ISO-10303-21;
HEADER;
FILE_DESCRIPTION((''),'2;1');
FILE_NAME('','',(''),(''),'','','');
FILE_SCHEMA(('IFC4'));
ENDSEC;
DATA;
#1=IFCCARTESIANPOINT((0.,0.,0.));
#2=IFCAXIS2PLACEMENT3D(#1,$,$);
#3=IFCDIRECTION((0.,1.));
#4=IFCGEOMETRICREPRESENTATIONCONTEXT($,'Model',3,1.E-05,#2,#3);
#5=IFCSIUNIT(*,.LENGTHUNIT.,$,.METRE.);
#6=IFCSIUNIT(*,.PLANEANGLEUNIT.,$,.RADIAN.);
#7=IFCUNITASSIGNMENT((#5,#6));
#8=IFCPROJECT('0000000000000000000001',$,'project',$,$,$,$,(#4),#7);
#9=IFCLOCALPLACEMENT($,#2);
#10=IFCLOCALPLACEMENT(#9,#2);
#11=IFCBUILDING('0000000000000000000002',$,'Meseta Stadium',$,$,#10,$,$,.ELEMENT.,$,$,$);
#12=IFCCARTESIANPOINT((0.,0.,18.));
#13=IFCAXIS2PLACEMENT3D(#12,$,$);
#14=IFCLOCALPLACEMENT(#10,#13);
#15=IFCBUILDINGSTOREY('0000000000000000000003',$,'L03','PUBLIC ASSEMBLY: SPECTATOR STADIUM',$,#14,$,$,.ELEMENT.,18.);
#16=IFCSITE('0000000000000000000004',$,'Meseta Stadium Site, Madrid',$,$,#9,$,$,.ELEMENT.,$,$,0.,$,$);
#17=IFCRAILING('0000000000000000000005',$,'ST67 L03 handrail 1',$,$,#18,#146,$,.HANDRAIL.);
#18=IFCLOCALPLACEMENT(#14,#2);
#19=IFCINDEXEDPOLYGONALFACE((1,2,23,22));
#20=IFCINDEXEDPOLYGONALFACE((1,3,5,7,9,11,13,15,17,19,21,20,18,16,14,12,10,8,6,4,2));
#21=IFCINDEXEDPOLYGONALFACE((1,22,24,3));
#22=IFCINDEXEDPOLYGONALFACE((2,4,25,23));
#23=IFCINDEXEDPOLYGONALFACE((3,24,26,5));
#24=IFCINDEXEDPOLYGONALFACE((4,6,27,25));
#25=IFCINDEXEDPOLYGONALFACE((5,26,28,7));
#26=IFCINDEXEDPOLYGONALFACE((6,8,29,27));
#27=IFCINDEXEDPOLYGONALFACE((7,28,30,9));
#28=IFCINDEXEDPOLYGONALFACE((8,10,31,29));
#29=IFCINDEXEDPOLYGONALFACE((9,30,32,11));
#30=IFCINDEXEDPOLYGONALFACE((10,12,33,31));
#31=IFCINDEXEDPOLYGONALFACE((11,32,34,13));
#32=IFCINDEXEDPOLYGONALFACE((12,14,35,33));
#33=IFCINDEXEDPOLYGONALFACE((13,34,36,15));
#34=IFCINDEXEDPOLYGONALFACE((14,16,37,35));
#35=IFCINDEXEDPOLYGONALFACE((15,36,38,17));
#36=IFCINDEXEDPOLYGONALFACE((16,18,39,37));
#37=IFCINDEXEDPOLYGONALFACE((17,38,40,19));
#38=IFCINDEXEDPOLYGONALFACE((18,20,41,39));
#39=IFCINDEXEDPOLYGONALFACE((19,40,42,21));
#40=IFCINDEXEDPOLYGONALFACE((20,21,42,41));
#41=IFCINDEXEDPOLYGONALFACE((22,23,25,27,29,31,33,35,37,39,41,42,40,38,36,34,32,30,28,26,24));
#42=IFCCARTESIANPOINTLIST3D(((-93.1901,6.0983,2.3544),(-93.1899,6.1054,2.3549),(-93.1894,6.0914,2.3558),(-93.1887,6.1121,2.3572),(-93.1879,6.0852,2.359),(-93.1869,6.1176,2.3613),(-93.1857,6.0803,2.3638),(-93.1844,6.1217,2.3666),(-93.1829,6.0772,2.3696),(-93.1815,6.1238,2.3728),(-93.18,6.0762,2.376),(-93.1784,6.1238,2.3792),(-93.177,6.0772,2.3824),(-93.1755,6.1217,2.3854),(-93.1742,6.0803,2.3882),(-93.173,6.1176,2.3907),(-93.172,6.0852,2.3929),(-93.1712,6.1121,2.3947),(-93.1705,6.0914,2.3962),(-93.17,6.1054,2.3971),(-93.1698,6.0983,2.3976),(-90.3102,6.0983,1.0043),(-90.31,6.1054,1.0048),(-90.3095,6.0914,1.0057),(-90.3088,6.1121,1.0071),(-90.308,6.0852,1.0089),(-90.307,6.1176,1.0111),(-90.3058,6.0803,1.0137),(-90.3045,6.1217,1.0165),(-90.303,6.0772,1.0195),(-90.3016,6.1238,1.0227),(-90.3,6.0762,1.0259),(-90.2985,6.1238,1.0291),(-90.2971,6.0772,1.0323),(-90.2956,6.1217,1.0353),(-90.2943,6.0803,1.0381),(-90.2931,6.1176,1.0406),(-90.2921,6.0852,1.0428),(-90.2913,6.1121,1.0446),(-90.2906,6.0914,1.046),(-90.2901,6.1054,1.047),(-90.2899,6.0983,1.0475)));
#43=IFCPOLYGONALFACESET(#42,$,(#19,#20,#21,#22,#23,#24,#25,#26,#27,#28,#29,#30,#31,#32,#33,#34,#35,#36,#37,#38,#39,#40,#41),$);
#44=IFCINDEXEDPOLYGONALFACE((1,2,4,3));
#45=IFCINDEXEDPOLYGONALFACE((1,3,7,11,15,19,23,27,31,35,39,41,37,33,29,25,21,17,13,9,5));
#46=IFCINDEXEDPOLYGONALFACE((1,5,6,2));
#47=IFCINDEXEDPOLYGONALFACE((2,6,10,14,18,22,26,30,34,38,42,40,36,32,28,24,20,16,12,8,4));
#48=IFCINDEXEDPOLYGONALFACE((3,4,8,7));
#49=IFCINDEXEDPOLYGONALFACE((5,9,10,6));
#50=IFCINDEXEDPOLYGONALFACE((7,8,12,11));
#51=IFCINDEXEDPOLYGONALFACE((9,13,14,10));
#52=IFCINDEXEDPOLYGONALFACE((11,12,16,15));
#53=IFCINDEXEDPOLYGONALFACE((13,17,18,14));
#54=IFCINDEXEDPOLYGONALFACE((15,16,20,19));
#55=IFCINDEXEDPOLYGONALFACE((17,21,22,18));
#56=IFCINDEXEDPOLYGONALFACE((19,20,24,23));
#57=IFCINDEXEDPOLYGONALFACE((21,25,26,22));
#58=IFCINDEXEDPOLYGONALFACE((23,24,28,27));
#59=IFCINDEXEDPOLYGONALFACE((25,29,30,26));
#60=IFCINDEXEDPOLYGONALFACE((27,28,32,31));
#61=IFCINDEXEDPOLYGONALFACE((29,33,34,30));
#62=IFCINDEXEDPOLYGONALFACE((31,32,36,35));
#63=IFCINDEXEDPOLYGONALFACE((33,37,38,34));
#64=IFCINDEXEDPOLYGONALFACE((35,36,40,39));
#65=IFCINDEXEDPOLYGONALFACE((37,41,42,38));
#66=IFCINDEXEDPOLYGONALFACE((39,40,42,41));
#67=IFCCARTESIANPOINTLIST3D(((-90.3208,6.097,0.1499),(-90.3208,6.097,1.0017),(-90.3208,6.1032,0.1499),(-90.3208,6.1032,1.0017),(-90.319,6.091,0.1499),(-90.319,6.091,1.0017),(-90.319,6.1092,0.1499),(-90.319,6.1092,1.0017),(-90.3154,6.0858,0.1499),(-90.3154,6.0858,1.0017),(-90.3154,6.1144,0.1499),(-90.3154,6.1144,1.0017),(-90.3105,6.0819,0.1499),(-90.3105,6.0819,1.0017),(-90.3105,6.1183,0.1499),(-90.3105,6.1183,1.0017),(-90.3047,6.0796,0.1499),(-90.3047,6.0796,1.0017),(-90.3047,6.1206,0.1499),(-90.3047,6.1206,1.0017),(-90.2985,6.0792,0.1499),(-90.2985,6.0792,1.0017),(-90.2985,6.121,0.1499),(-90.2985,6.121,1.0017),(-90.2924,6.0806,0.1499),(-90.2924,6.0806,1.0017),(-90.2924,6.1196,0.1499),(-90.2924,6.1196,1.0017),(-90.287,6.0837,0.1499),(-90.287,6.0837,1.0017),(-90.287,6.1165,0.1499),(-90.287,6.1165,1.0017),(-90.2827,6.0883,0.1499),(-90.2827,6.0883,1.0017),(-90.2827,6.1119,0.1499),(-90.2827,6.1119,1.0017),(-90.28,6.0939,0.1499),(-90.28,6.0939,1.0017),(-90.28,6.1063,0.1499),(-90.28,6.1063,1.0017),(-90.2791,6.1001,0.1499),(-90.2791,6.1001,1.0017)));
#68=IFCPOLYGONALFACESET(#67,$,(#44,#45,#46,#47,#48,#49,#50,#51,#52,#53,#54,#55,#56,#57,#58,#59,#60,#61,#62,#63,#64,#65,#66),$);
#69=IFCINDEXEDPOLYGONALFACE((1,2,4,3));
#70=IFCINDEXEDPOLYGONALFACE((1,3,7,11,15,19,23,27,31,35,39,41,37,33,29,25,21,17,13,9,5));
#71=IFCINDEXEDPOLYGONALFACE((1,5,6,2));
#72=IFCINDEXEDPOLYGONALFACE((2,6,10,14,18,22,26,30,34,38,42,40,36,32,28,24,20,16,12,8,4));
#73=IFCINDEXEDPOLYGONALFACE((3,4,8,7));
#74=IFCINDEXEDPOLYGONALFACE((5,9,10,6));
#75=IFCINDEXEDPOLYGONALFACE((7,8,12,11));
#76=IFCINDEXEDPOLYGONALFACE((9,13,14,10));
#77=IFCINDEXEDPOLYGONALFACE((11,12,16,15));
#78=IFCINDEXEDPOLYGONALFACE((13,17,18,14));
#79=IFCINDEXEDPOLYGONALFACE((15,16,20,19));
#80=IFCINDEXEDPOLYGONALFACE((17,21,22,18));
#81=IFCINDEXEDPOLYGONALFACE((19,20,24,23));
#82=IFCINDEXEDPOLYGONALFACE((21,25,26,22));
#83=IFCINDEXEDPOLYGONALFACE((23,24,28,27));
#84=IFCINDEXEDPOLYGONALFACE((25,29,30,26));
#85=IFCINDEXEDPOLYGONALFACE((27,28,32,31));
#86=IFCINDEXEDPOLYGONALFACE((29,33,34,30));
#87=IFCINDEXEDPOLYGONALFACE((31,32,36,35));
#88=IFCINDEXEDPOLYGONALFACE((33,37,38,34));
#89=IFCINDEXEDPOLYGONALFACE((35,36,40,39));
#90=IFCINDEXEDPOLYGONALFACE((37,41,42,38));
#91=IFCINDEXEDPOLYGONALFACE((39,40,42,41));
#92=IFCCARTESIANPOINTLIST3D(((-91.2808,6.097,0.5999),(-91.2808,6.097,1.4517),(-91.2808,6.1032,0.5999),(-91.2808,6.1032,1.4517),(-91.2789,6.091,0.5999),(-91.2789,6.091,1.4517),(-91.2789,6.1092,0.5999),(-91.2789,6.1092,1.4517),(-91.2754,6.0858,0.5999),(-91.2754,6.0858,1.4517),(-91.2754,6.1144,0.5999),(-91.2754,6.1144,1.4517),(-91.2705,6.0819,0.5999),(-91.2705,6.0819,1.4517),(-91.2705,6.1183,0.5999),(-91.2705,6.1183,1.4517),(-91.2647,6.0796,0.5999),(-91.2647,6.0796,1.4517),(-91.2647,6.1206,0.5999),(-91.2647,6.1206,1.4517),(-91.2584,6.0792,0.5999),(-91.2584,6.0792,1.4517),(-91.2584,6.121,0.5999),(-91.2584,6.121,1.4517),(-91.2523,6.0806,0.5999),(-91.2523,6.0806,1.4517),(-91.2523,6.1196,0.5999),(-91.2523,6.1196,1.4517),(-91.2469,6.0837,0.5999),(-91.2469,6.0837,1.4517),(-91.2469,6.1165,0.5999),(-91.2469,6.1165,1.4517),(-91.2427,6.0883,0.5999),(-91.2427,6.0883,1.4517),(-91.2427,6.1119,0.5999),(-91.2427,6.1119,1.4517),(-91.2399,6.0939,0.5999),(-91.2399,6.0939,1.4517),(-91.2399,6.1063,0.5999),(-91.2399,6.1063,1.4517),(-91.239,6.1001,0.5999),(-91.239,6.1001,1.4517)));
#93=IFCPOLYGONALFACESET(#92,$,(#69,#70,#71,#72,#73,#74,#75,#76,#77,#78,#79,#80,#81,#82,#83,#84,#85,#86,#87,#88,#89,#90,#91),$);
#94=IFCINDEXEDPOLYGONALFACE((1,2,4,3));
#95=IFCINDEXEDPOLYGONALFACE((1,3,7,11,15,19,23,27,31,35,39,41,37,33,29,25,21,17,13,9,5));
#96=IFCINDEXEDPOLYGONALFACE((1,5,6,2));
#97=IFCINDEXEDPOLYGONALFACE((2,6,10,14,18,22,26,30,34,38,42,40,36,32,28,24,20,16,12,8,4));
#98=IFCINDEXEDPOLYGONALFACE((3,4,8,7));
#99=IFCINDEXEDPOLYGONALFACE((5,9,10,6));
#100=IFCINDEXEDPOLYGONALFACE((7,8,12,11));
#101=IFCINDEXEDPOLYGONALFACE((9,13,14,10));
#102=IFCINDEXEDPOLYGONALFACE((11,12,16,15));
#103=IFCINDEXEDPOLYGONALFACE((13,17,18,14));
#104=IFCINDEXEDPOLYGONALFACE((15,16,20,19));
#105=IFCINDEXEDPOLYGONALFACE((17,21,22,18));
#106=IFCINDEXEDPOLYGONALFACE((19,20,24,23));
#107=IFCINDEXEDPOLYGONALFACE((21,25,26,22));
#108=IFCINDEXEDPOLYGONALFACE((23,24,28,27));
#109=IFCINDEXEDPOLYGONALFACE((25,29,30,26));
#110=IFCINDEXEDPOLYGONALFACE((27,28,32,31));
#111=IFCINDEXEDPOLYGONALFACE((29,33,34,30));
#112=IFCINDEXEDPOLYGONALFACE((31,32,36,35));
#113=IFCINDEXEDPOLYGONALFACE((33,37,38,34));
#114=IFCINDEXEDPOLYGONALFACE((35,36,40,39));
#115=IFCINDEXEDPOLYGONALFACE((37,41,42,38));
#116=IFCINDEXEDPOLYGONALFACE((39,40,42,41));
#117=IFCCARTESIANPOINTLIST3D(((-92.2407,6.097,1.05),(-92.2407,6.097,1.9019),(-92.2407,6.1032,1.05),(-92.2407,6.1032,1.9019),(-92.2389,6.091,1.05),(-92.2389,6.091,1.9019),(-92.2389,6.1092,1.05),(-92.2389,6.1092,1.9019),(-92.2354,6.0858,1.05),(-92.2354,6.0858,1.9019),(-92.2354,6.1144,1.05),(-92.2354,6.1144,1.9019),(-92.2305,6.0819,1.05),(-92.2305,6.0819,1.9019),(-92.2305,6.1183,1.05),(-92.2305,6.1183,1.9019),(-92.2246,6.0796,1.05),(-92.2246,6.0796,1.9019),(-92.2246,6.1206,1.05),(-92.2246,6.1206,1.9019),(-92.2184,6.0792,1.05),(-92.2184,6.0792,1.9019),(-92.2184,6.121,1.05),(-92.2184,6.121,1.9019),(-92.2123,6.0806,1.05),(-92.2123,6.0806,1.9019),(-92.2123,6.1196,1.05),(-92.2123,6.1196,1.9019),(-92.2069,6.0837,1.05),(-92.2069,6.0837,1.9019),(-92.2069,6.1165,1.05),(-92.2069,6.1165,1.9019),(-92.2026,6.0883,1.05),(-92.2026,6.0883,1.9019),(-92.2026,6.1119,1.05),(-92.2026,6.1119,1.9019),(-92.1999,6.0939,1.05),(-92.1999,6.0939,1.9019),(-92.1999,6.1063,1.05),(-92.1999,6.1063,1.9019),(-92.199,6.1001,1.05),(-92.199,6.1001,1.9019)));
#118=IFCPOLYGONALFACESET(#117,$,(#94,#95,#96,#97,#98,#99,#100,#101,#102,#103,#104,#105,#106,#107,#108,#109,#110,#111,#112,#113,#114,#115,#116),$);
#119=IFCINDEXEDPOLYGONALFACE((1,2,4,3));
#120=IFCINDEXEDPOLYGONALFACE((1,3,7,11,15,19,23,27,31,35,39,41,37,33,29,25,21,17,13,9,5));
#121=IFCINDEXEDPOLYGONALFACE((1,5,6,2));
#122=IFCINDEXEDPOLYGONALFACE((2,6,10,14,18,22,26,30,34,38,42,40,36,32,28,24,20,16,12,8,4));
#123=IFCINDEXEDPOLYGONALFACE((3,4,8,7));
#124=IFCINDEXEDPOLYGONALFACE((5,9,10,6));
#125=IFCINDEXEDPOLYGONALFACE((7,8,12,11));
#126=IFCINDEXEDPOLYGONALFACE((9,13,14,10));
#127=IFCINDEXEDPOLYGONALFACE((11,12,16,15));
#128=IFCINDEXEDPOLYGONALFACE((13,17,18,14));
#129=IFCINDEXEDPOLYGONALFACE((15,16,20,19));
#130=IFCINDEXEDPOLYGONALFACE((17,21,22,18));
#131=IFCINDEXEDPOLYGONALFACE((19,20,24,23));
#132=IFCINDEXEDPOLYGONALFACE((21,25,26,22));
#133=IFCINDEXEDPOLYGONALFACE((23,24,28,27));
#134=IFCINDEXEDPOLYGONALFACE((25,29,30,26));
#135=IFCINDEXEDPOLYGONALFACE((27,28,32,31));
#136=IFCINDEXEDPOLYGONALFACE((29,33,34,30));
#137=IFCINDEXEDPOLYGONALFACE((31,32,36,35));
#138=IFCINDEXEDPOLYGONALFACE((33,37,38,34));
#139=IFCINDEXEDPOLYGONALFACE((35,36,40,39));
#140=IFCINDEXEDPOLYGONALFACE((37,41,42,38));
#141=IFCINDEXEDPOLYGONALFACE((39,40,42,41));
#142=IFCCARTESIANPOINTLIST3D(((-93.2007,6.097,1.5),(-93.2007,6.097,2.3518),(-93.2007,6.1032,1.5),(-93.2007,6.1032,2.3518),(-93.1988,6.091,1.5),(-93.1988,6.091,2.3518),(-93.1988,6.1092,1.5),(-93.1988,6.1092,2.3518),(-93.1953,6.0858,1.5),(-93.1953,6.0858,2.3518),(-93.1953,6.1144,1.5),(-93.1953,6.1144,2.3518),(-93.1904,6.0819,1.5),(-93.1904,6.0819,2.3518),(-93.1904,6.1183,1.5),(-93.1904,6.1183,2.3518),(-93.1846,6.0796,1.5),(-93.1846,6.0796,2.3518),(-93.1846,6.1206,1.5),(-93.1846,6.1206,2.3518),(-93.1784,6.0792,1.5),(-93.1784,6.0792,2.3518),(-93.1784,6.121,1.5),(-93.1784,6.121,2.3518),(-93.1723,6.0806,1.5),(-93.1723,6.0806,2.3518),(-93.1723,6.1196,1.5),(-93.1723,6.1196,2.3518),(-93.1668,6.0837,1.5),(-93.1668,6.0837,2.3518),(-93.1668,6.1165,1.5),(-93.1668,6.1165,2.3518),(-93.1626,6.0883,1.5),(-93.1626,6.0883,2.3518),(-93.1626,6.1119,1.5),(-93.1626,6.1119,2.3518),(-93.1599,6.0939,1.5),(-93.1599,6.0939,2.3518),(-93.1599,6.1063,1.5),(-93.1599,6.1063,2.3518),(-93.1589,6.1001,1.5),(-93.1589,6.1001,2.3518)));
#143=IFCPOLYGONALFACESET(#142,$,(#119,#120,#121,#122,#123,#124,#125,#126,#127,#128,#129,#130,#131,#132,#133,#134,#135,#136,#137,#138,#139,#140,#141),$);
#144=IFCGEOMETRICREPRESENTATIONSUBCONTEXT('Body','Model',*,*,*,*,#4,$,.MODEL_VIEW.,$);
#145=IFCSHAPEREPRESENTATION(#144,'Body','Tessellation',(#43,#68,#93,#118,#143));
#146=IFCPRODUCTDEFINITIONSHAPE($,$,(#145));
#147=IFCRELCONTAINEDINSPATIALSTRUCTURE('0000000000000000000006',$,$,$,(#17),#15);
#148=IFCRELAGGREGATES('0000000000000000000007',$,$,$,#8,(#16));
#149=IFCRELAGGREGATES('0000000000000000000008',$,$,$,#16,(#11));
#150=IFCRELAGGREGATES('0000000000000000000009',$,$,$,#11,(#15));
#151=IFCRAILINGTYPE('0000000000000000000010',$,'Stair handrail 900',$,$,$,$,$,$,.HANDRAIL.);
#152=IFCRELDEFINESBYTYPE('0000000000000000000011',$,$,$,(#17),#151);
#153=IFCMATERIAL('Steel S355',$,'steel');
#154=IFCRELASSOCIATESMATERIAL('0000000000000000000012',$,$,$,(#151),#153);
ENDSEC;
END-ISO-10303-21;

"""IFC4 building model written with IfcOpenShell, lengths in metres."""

from ifc_helpers import new_model, si_unit, direction, frame, origin, origin_2d, place, context, subcontext, project, spatial, circle, extrude, material, type_object, element, save


model = new_model("IFC4")

# Units and contexts
model_context = context("Model", 3, precision=1e-05, world=origin(), true_north=direction((0.0, 1.0)))
body_context = subcontext(model_context, "Body", "Model", "MODEL_VIEW")
ifc_project = project(units=[si_unit("LENGTHUNIT", "METRE"), si_unit("PLANEANGLEUNIT", "RADIAN")], contexts=[model_context])

# Site, building, storey
site_placement = place(None, origin())
site = spatial("IfcSite", under=ifc_project, at=site_placement, Name="Meseta Stadium Site, Madrid", CompositionType="ELEMENT", RefElevation=0.0)
building_placement = place(site_placement, origin())
building = spatial("IfcBuilding", under=site, at=building_placement, Name="Meseta Stadium", CompositionType="ELEMENT")
storey_placement = place(building_placement, frame((0.0, 0.0, 18.0)))
storey = spatial("IfcBuildingStorey", under=building, at=storey_placement, Name="L03", Description="PUBLIC ASSEMBLY: SPECTATOR STADIUM", CompositionType="ELEMENT", Elevation=18.0)

# Railing
ifc_material_1 = material(Name="Steel S355", Category="steel")
railing_type_1 = type_object("IfcRailingType", Name="Stair handrail 900", PredefinedType="HANDRAIL", material=ifc_material_1)
for number, where, name in (
    (1, (-90.3, 6.1001, 0.1499), "ST67 L03 handrail 1"),
):
    element("IfcRailing", number, at=place(storey_placement, frame(where)), inside=storey, type_object=railing_type_1, Name=name, PredefinedType="HANDRAIL", context=body_context, shape_type="SweptSolid", body=[
        extrude(circle(Radius=0.0239, at=origin_2d()), frame((0.0, 0.0, 0.876), z_axis=(-0.90544, 0.0, 0.424473), x_axis=(0.0, -1.0, 0.0)), (0.0, 0.0, 1.0), 3.1807),
        extrude(circle(Radius=0.021, at=origin_2d()), origin(), (0.0, 0.0, 1.0), 0.8518),
        extrude(circle(Radius=0.021, at=origin_2d()), frame((-0.96, 0.0, 0.45)), (0.0, 0.0, 1.0), 0.8518),
        extrude(circle(Radius=0.021, at=origin_2d()), frame((-1.9199, 0.0, 0.9001)), (0.0, 0.0, 1.0), 0.8518),
        extrude(circle(Radius=0.021, at=origin_2d()), frame((-2.8799, 0.0, 1.3501)), (0.0, 0.0, 1.0), 0.8518),
    ])

save(model, "model.ifc")
